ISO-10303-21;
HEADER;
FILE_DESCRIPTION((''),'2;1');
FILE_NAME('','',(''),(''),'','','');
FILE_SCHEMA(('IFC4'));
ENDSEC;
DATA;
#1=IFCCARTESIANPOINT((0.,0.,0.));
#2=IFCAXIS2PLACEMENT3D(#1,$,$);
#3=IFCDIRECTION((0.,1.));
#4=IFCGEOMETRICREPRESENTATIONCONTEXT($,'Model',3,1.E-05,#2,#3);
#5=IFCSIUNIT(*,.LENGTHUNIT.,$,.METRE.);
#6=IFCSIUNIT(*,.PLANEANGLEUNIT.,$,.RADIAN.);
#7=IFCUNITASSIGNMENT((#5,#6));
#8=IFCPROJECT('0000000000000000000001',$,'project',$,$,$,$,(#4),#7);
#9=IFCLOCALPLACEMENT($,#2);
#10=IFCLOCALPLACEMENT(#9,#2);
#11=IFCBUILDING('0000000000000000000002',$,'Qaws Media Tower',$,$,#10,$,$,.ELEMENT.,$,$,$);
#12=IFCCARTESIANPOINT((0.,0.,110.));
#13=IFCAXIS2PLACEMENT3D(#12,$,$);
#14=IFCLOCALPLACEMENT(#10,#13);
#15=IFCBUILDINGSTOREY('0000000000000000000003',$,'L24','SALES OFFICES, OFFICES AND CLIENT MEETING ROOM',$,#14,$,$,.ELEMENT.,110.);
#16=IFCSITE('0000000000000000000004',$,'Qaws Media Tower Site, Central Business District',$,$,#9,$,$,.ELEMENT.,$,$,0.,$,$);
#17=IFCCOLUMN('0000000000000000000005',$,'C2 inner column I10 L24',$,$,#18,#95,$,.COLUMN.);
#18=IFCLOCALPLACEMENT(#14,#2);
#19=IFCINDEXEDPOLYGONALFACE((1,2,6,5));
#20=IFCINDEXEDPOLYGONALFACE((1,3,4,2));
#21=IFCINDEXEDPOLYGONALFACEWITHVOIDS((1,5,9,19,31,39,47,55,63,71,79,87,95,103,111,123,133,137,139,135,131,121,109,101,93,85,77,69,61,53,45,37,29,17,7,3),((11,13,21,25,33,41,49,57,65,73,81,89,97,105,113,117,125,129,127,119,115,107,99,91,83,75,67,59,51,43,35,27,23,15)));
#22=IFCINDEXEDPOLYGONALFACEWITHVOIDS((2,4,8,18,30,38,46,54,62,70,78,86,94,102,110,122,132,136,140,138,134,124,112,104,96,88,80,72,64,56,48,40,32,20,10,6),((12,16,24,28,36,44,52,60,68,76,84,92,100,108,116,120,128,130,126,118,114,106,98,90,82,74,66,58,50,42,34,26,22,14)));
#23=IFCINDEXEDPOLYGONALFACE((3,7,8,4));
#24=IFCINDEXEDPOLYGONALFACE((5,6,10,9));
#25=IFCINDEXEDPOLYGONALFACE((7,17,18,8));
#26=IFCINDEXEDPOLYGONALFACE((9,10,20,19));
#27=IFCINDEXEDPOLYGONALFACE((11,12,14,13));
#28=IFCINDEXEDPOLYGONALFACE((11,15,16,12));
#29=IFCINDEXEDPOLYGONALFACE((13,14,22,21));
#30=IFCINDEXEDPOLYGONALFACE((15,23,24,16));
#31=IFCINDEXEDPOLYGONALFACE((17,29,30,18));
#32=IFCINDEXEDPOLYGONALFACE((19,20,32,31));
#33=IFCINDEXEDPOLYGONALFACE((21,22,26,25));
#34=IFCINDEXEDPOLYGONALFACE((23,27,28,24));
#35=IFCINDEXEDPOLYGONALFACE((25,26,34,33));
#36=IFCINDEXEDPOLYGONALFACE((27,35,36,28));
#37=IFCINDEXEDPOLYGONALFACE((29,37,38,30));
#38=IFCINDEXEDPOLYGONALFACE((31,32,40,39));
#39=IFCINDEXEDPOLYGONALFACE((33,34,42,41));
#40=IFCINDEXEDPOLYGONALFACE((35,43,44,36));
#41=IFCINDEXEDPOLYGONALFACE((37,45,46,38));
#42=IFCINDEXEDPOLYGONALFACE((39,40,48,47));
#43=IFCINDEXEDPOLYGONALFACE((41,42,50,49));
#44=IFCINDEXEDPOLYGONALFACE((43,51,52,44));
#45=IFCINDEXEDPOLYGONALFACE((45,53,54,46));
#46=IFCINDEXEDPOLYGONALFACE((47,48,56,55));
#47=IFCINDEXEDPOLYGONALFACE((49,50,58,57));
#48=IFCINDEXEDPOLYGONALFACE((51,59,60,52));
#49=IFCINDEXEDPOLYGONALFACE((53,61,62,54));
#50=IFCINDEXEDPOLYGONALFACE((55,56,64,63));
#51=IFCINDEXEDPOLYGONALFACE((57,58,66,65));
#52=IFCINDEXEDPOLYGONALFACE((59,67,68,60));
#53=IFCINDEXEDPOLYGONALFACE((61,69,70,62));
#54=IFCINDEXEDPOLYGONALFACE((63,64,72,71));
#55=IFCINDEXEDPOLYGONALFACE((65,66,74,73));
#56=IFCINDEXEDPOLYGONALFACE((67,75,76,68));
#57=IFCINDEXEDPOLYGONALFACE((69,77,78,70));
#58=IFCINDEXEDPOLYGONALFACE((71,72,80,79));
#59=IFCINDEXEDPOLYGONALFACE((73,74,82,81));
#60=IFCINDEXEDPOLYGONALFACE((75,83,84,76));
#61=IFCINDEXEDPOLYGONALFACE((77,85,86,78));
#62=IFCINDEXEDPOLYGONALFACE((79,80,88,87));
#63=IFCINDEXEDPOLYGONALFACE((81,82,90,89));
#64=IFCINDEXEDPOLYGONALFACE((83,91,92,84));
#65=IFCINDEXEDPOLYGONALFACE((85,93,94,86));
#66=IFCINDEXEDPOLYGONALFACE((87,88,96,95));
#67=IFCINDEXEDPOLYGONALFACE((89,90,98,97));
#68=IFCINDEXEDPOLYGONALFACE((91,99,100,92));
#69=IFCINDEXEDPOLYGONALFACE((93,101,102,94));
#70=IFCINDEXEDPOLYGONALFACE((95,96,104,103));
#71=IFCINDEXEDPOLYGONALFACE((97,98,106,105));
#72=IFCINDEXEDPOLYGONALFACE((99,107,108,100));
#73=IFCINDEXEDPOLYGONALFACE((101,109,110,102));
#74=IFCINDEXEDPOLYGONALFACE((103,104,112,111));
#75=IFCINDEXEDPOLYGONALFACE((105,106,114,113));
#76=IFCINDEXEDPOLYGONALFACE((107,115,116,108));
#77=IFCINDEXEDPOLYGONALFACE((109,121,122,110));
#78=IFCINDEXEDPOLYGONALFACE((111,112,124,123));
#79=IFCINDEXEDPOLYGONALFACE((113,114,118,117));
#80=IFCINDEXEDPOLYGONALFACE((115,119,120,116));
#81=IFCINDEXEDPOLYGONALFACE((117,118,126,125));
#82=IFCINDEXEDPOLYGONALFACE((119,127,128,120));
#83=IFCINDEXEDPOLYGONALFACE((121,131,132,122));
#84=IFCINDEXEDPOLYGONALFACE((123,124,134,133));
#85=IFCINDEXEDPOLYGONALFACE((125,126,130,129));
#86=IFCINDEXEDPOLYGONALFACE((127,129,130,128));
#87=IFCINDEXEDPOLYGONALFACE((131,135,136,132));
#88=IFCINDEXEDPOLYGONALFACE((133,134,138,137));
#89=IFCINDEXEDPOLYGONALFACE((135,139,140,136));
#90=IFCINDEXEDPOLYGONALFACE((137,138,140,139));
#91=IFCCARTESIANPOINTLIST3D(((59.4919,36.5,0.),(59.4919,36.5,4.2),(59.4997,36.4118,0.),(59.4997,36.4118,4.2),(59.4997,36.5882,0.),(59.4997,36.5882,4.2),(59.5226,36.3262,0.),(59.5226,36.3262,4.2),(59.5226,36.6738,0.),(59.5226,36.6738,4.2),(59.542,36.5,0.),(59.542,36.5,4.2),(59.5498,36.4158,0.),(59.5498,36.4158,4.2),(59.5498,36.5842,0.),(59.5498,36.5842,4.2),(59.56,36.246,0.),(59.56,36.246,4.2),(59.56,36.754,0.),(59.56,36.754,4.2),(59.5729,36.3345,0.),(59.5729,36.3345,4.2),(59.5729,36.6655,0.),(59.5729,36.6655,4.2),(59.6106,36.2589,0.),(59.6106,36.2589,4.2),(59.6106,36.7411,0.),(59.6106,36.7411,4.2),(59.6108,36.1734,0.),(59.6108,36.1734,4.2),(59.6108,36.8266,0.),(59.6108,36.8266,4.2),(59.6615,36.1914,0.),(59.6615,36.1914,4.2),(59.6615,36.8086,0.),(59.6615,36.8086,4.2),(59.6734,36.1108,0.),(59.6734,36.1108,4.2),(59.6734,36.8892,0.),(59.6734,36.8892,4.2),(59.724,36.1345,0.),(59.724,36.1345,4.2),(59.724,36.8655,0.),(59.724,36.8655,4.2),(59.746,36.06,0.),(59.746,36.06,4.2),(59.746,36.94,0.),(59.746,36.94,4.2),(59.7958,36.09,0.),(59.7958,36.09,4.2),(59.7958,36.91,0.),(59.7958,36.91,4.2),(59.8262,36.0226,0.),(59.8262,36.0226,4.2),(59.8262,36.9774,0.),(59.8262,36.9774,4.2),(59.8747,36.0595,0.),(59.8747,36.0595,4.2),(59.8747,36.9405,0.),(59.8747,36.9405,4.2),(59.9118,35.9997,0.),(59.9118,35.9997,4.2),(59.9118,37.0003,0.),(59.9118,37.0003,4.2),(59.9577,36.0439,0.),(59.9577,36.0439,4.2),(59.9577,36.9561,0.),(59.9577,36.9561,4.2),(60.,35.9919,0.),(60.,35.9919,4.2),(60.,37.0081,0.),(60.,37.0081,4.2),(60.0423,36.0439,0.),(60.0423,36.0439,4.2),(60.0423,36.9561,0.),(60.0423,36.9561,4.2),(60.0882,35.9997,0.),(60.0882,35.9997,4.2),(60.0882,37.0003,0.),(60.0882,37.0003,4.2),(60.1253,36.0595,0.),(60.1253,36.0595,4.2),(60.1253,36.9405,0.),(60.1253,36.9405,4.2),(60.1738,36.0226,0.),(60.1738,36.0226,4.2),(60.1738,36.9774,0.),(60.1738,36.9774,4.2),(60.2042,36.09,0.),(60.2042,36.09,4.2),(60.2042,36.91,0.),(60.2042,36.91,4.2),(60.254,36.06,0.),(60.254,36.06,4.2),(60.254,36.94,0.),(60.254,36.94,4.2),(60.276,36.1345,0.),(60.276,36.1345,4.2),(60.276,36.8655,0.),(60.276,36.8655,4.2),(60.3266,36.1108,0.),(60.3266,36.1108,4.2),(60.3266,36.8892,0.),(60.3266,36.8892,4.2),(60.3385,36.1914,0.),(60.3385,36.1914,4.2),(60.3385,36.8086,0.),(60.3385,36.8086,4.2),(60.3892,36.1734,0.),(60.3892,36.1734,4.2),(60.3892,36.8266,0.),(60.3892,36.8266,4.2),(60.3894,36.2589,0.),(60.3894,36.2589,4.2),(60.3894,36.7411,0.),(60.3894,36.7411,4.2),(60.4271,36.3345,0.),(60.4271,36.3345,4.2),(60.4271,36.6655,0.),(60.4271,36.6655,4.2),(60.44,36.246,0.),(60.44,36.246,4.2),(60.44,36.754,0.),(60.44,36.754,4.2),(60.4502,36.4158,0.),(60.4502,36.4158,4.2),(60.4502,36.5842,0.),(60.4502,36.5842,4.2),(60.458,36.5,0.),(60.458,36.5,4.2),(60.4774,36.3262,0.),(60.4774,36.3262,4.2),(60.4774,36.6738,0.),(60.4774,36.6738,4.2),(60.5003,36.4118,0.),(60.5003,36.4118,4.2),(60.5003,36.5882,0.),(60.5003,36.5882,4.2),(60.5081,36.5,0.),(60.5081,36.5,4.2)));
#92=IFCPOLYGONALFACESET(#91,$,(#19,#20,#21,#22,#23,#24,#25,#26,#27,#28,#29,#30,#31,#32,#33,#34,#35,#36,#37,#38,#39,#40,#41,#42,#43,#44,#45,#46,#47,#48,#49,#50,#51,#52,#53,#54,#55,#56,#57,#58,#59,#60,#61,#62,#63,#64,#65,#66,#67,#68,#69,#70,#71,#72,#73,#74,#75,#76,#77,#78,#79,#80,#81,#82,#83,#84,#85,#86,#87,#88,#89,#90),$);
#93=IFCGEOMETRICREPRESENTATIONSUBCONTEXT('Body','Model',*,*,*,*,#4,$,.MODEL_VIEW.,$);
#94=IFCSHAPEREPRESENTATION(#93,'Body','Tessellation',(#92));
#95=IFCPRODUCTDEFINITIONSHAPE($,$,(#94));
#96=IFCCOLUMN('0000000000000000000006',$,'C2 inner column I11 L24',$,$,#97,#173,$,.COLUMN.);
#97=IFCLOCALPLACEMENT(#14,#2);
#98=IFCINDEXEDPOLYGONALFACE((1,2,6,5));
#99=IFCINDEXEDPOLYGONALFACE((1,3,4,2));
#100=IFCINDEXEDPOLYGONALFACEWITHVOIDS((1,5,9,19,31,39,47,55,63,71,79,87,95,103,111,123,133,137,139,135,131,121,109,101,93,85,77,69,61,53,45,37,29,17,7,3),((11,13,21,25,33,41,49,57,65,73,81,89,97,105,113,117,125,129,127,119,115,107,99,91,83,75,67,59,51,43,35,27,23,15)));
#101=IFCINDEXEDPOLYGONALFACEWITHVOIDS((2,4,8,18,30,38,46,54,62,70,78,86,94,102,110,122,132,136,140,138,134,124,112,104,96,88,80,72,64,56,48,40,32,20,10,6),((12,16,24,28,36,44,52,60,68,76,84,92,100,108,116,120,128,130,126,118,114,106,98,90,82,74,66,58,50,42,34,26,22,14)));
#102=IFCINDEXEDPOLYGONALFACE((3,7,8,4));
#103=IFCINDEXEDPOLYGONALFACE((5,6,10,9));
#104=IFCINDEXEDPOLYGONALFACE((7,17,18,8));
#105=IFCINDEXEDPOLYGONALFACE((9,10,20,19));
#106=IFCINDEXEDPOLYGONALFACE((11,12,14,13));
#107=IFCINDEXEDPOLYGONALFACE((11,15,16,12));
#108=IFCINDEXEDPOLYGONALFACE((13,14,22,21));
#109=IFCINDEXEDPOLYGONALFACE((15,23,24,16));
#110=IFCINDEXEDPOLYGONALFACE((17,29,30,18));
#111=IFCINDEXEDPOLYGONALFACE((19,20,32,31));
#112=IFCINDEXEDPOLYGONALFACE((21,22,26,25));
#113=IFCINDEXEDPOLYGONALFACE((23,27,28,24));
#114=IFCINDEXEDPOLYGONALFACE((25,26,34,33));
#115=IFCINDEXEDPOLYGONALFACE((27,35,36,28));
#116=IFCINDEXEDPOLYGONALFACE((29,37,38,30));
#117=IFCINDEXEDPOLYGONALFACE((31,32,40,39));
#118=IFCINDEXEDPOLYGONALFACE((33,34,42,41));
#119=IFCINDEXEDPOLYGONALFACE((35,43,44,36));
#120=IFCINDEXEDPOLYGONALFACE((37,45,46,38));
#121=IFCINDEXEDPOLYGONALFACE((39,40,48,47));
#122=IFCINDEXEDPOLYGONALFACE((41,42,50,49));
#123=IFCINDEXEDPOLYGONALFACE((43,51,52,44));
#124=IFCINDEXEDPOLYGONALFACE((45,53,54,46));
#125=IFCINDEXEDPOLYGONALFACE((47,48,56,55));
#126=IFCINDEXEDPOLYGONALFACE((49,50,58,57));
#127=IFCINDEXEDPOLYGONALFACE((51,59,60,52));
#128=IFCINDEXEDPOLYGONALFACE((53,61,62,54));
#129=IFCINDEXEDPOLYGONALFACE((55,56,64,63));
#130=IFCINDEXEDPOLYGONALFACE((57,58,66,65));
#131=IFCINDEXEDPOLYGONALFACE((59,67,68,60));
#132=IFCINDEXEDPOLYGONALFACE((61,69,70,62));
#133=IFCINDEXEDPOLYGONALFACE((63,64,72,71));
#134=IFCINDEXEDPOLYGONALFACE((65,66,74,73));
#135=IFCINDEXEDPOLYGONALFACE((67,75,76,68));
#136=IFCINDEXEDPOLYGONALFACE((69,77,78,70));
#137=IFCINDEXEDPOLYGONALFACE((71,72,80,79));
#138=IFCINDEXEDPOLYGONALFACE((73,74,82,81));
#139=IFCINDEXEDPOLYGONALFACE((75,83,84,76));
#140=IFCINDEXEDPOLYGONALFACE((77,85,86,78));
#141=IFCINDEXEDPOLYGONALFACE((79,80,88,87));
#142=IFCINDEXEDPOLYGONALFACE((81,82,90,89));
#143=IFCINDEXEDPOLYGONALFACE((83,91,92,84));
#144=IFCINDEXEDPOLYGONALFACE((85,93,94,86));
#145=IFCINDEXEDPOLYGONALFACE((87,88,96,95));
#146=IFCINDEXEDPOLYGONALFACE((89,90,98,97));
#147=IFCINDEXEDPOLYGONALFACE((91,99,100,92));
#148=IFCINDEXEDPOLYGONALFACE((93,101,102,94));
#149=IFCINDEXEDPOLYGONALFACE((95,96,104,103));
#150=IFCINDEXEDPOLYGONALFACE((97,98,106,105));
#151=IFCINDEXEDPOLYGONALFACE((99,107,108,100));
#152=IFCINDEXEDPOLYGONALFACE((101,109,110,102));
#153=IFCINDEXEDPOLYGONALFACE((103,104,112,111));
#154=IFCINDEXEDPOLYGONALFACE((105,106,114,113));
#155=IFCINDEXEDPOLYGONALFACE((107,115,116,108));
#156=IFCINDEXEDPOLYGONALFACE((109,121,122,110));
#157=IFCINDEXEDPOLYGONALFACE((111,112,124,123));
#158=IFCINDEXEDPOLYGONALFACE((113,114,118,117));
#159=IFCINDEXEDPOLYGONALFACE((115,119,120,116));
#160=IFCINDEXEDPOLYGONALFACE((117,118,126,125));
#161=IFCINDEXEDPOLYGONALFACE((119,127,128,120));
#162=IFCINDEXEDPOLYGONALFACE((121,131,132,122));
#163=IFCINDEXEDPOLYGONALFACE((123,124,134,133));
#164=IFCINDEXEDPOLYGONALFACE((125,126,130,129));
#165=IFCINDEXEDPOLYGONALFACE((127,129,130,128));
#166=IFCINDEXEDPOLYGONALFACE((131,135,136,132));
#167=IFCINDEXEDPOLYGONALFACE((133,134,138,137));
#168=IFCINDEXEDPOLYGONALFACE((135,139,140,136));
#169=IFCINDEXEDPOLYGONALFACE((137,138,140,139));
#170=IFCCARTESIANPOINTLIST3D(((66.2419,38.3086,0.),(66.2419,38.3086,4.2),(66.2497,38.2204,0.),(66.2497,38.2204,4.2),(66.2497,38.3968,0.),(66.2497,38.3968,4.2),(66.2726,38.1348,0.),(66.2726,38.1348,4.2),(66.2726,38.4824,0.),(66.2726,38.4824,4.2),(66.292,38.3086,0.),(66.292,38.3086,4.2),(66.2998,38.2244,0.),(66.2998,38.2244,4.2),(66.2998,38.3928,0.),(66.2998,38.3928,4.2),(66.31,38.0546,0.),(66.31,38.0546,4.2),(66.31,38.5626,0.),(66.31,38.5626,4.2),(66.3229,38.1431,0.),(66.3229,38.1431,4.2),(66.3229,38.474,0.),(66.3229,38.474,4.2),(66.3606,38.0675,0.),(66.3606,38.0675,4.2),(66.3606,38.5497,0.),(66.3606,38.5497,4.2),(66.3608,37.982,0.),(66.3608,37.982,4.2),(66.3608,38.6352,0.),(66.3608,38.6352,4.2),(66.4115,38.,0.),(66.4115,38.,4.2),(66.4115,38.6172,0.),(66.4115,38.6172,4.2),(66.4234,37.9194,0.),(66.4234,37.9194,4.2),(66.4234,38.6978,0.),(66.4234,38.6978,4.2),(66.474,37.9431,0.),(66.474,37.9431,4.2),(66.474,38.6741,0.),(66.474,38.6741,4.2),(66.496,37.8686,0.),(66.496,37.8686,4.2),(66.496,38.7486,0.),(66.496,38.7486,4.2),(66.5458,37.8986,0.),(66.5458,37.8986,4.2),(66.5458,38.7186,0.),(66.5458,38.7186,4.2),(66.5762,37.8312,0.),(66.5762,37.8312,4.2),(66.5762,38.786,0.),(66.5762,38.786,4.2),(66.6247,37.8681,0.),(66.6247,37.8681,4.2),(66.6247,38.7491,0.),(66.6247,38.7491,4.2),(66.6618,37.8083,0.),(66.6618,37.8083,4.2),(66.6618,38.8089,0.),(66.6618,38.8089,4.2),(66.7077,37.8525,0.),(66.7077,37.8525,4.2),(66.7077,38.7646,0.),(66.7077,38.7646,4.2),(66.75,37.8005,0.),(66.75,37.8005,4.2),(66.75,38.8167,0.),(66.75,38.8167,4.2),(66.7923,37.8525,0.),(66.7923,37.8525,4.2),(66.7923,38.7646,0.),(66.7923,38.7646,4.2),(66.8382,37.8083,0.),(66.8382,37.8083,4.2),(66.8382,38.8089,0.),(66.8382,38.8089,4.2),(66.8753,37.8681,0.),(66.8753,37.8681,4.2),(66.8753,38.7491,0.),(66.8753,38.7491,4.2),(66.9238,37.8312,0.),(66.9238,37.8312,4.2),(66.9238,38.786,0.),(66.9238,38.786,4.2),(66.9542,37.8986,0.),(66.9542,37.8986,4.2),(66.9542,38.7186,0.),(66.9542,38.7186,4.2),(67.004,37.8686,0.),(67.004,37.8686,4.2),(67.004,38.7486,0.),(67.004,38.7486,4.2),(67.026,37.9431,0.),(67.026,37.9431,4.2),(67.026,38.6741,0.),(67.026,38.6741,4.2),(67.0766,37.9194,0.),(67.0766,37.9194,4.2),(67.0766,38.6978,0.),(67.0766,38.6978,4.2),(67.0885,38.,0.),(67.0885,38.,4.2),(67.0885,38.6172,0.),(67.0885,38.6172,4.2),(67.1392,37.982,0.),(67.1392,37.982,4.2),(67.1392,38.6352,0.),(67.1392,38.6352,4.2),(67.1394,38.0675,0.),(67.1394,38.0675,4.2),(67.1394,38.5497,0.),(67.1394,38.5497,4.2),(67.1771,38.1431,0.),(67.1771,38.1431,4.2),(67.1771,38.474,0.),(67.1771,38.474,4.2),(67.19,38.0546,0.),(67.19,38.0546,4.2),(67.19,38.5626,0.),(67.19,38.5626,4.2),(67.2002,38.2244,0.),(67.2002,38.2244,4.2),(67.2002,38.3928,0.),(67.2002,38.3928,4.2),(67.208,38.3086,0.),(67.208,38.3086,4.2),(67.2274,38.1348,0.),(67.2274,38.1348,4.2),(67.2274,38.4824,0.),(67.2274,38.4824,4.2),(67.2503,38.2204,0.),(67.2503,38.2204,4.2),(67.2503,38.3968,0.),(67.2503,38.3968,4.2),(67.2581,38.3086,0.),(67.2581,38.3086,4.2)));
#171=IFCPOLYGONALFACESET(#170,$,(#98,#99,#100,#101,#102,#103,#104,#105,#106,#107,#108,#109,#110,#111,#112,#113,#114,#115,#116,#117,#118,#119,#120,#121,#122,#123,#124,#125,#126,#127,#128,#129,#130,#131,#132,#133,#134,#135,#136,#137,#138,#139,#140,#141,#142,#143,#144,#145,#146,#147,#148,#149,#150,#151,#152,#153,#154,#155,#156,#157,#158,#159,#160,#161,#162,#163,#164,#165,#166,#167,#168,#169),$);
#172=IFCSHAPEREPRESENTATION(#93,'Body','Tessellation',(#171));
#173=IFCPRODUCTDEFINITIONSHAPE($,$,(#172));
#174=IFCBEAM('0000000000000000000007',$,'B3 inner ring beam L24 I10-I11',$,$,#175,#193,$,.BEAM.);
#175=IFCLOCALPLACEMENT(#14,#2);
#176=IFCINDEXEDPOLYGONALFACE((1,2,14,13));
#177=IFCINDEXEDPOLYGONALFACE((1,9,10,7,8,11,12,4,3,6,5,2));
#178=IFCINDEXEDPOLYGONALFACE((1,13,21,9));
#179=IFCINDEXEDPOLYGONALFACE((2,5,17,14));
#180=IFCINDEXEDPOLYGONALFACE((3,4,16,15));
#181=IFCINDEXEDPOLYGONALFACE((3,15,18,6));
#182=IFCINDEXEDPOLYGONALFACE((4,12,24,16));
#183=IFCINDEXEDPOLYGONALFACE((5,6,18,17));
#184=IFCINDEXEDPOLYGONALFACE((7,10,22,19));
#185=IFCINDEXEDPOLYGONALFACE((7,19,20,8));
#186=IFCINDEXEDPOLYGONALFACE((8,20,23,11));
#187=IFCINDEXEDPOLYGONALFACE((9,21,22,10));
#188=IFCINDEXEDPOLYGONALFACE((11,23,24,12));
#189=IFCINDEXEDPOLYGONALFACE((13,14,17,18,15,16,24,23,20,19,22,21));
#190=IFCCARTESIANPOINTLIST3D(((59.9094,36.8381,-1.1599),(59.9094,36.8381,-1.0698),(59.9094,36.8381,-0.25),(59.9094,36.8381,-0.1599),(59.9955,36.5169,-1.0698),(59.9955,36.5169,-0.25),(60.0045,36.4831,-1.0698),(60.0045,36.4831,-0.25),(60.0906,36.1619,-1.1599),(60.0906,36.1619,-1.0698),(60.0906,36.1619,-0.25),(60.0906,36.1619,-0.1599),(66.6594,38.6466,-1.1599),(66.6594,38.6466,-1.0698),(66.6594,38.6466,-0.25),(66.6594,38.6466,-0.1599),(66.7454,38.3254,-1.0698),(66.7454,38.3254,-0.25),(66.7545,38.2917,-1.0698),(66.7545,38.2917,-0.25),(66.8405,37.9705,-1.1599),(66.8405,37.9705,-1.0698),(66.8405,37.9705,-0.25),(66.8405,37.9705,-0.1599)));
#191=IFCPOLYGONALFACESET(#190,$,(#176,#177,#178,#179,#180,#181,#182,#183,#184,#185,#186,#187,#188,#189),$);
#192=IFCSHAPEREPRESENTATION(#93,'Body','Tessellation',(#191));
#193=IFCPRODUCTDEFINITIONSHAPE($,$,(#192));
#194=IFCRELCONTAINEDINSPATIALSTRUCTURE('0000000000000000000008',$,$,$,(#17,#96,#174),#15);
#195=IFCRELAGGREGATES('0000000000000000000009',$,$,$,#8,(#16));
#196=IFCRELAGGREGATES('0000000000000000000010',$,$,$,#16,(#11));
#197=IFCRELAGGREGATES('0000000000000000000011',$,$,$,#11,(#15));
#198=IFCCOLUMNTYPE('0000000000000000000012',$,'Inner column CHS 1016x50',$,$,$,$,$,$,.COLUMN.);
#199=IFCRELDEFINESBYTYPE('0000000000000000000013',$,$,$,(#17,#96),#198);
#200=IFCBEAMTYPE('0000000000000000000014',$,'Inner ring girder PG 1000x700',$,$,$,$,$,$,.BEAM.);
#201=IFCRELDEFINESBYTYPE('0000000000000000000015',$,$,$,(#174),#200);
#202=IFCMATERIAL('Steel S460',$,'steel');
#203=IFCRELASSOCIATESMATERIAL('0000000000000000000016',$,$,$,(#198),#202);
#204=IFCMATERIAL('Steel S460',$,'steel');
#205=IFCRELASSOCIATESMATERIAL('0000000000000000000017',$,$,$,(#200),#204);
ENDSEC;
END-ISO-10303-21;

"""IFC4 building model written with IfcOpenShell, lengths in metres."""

from ifc_helpers import new_model, si_unit, direction, frame, origin, origin_2d, place, context, subcontext, project, spatial, hollow_circle, i_section, extrude, material, material_profile, profile_set, type_object, element, save


model = new_model("IFC4")

# Units and contexts
model_context = context("Model", 3, precision=1e-05, world=origin(), true_north=direction((0.0, 1.0)))
body_context = subcontext(model_context, "Body", "Model", "MODEL_VIEW")
ifc_project = project(units=[si_unit("LENGTHUNIT", "METRE"), si_unit("PLANEANGLEUNIT", "RADIAN")], contexts=[model_context])

# Site, building, storey
site_placement = place(None, origin())
site = spatial("IfcSite", under=ifc_project, at=site_placement, Name="Qaws Media Tower Site, Central Business District", CompositionType="ELEMENT", RefElevation=0.0)
building_placement = place(site_placement, origin())
building = spatial("IfcBuilding", under=site, at=building_placement, Name="Qaws Media Tower", CompositionType="ELEMENT")
storey_placement = place(building_placement, frame((0.0, 0.0, 110.0)))
storey = spatial("IfcBuildingStorey", under=building, at=storey_placement, Name="L24", Description="SALES OFFICES, OFFICES AND CLIENT MEETING ROOM", CompositionType="ELEMENT", Elevation=110.0)

# Columns
ifc_material_1 = material(Name="Steel S460", Category="steel")
ifc_material_profile_1 = material_profile(ifc_material_1, hollow_circle(Radius=0.5081, WallThickness=0.05, at=origin_2d()), Name="CHS 1016x50")
ifc_profile_set_1 = profile_set([ifc_material_profile_1], Name="Steel S460")
column_type = type_object("IfcColumnType", Name="Inner column CHS 1016x50", PredefinedType="COLUMN", material=ifc_profile_set_1)
for number, where, z_axis, x_axis, name in (
    (1, (60.0, 36.5, 0.0), (0.0, 0.0, 1.0), (1.0, 0.0, 0.0), "C2 inner column I10 L24"),
    (2, (66.75, 38.3086, 0.0), (0.0, 0.0, 1.0), (1.0, 0.0, 0.0), "C2 inner column I11 L24"),
):
    element("IfcColumn", number, at=place(storey_placement, frame(where, z_axis=z_axis, x_axis=x_axis)), inside=storey, type_object=column_type, Name=name, PredefinedType="COLUMN", context=body_context, shape_type="SweptSolid", body=[
        extrude(hollow_circle(Radius=0.5081, WallThickness=0.05, at=origin_2d()), origin(), (0.0, 0.0, 1.0), 4.2),
    ])

# Beam
ifc_material_2 = material(Name="Steel S460", Category="steel")
ifc_material_profile_2 = material_profile(ifc_material_2, i_section(OverallWidth=0.7, OverallDepth=1.0, WebThickness=0.0349, FlangeThickness=0.0901, at=origin_2d()), Name="PG 1000x700")
ifc_profile_set_2 = profile_set([ifc_material_profile_2], Name="Steel S460")
beam_type_1 = type_object("IfcBeamType", Name="Inner ring girder PG 1000x700", PredefinedType="BEAM", material=ifc_profile_set_2)
beam_1_placement = place(storey_placement, frame((60.0, 36.5, -0.6599), z_axis=(0.965928, 0.258811, 0.0), x_axis=(-0.258811, 0.965928, 0.0)))
element("IfcBeam", 3, at=beam_1_placement, inside=storey, type_object=beam_type_1, Name="B3 inner ring beam L24 I10-I11", PredefinedType="BEAM", context=body_context, shape_type="SweptSolid", body=[
    extrude(i_section(OverallWidth=0.7, OverallDepth=1.0, WebThickness=0.0349, FlangeThickness=0.0901, at=origin_2d()), origin(), (0.0, 0.0, 1.0), 6.988),
])

save(model, "model.ifc")
